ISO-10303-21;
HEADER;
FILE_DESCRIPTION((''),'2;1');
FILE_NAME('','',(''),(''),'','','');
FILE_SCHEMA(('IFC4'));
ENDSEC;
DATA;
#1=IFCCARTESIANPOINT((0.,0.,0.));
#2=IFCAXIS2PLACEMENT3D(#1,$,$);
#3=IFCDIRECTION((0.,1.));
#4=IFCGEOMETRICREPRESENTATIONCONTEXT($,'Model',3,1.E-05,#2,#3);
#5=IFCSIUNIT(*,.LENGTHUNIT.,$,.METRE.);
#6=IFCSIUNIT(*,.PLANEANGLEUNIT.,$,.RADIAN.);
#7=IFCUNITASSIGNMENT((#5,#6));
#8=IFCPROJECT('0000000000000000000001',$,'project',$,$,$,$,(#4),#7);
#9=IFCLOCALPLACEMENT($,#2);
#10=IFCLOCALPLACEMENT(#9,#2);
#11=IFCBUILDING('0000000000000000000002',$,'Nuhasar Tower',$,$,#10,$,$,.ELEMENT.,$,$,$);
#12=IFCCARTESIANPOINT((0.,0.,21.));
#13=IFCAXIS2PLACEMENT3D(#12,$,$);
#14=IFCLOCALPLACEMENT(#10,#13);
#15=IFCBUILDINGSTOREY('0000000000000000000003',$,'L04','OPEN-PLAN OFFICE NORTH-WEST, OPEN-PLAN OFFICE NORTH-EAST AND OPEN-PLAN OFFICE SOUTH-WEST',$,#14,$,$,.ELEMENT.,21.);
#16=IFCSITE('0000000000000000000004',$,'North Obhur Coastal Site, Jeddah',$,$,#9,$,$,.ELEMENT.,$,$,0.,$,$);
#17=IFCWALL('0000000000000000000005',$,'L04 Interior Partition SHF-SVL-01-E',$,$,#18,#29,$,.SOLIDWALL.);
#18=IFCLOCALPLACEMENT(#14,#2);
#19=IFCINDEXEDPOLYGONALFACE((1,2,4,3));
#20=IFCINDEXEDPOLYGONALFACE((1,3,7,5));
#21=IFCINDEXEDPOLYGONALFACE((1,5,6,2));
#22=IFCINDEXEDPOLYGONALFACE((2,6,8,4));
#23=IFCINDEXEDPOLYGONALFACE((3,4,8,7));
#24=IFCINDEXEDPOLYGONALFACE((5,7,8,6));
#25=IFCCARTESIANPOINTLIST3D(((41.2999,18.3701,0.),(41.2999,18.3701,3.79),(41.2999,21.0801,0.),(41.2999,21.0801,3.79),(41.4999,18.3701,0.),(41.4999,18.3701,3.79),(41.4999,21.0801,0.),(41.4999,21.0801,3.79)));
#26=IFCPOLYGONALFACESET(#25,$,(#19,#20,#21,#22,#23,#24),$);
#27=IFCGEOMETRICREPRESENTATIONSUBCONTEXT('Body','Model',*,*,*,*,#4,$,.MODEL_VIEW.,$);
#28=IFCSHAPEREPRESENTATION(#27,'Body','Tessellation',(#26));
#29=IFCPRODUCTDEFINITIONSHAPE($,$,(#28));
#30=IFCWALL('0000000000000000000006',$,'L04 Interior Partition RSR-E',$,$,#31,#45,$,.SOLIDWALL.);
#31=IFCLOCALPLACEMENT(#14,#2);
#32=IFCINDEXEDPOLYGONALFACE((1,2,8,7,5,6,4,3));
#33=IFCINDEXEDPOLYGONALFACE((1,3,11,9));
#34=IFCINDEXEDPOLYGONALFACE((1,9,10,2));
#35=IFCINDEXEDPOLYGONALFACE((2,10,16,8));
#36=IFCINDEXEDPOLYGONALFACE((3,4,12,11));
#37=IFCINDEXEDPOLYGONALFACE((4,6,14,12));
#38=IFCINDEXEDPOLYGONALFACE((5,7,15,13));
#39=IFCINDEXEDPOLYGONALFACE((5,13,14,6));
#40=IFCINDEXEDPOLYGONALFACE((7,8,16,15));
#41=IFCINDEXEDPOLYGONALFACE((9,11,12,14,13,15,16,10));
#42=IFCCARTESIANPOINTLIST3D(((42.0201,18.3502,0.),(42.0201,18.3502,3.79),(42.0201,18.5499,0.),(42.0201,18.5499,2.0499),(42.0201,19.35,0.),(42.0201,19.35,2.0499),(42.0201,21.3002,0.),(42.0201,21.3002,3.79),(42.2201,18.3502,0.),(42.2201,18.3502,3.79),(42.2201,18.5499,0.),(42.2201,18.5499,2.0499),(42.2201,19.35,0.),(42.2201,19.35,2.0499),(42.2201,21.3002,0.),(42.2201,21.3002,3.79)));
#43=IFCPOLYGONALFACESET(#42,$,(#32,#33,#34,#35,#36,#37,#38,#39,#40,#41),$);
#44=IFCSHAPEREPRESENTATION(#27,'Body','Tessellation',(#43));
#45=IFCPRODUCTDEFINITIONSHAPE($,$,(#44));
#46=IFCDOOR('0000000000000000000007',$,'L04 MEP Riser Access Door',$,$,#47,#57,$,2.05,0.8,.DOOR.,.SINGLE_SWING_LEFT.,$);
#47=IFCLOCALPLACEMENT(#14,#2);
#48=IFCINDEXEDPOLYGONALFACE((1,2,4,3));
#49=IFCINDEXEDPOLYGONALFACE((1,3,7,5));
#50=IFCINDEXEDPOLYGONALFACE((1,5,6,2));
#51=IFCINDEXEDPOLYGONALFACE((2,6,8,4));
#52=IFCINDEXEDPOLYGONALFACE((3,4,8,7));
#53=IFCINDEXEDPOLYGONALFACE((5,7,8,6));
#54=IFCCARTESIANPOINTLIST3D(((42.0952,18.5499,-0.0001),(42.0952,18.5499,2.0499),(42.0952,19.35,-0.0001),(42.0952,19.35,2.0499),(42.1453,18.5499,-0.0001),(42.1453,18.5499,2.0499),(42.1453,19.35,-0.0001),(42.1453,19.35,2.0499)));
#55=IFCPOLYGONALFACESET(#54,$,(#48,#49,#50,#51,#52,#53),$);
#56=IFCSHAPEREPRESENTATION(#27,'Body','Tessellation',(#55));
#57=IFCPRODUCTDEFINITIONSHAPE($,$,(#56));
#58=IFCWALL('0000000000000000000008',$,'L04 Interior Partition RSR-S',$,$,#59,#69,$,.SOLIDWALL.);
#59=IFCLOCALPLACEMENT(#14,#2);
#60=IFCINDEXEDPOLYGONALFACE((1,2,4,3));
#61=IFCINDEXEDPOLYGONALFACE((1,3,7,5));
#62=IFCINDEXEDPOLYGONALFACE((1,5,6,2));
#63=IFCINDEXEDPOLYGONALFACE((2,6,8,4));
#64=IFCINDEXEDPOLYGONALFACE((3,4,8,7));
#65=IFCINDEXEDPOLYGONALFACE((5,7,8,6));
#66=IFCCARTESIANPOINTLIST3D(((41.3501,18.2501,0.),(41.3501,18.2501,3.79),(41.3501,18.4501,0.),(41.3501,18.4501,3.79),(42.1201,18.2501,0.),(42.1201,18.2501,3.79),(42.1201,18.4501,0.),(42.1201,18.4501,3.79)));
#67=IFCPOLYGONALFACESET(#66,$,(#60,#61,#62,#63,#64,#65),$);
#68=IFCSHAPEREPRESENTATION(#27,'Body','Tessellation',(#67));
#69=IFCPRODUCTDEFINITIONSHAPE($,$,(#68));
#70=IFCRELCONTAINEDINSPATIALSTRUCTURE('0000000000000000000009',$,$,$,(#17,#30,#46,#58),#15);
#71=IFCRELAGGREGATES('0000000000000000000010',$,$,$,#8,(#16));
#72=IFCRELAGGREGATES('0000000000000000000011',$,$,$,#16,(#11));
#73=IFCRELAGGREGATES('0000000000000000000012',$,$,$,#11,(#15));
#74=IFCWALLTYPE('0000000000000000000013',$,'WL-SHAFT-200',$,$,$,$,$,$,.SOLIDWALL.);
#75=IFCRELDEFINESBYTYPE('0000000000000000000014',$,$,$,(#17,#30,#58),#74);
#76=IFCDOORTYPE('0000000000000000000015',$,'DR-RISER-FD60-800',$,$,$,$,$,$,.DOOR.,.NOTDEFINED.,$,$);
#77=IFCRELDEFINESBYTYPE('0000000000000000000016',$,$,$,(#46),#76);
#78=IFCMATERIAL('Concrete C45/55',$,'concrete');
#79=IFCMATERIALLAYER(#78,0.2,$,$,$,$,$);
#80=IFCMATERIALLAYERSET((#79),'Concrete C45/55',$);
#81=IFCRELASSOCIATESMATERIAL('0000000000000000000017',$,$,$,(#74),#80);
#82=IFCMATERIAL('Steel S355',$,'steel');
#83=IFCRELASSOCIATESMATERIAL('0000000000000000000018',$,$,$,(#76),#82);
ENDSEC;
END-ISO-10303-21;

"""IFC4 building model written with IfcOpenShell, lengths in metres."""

from ifc_helpers import new_model, si_unit, direction, frame, frame_2d, origin, place, context, subcontext, project, spatial, rectangle, extrude, material, layer, layer_set, type_object, element, fill, save


model = new_model("IFC4")

# Units and contexts
model_context = context("Model", 3, precision=1e-05, world=origin(), true_north=direction((0.0, 1.0)))
body_context = subcontext(model_context, "Body", "Model", "MODEL_VIEW")
ifc_project = project(units=[si_unit("LENGTHUNIT", "METRE"), si_unit("PLANEANGLEUNIT", "RADIAN")], contexts=[model_context])

# Site, building, storey
site_placement = place(None, origin())
site = spatial("IfcSite", under=ifc_project, at=site_placement, Name="North Obhur Coastal Site, Jeddah", CompositionType="ELEMENT", RefElevation=0.0)
building_placement = place(site_placement, origin())
building = spatial("IfcBuilding", under=site, at=building_placement, Name="Nuhasar Tower", CompositionType="ELEMENT")
storey_placement = place(building_placement, frame((0.0, 0.0, 21.0)))
storey = spatial("IfcBuildingStorey", under=building, at=storey_placement, Name="L04", Description="OPEN-PLAN OFFICE NORTH-WEST, OPEN-PLAN OFFICE NORTH-EAST AND OPEN-PLAN OFFICE SOUTH-WEST", CompositionType="ELEMENT", Elevation=21.0)

# Shared definitions
ifc_material_1 = material(Name="Steel S355", Category="steel")

# Shared definitions
ifc_material_2 = material(Name="Concrete C45/55", Category="concrete")

# Wall
ifc_layer_1 = layer(ifc_material_2, 0.2)
ifc_layer_set_1 = layer_set([ifc_layer_1], Name="Concrete C45/55")
wall_type_1 = type_object("IfcWallType", Name="WL-SHAFT-200", PredefinedType="SOLIDWALL", material=ifc_layer_set_1)
wall_1_placement = place(storey_placement, frame((41.3999, 18.3701, 0.0), z_axis=(0.0, 0.0, 1.0), x_axis=(0.0, 1.0, 0.0)))
element("IfcWall", 1, at=wall_1_placement, inside=storey, type_object=wall_type_1, Name="L04 Interior Partition SHF-SVL-01-E", PredefinedType="SOLIDWALL", context=body_context, shape_type="SweptSolid", body=[
    extrude(rectangle(XDim=2.71, YDim=0.2, at=frame_2d((1.355, 0.0))), origin(), (0.0, 0.0, 1.0), 3.79),
])

# Wall, opening, door
wall_2_placement = place(storey_placement, frame((42.1201, 18.3501, 0.0), z_axis=(0.0, 0.0, 1.0), x_axis=(0.0, 1.0, 0.0)))
wall_2 = element("IfcWall", 2, at=wall_2_placement, inside=storey, type_object=wall_type_1, Name="L04 Interior Partition RSR-E", PredefinedType="SOLIDWALL", context=body_context, shape_type="SweptSolid", body=[
    extrude(rectangle(XDim=2.95, YDim=0.2, at=frame_2d((1.4751, 0.0))), origin(), (0.0, 0.0, 1.0), 3.79),
])
opening_1_placement = place(wall_2_placement, frame((0.2, 0.0, 0.0)))
opening_1 = element("IfcOpeningElement", 3, at=opening_1_placement, cuts=wall_2, PredefinedType="OPENING", context=body_context, shape_type="SweptSolid", body=[
    extrude(rectangle(XDim=0.8, YDim=2.05, at=frame_2d((0.3999, 1.0249))), frame((0.0, 0.1099, 0.0), z_axis=(0.0, -1.0, 0.0), x_axis=(1.0, 0.0, 0.0)), (0.0, 0.0, 1.0), 0.22),
])
door_type_1 = type_object("IfcDoorType", Name="DR-RISER-FD60-800", OperationType="NOTDEFINED", PredefinedType="DOOR", material=ifc_material_1)
door_1_placement = place(opening_1_placement, origin())
door_1 = element("IfcDoor", 4, at=door_1_placement, inside=storey, type_object=door_type_1, Name="L04 MEP Riser Access Door", OperationType="SINGLE_SWING_LEFT", OverallHeight=2.05, OverallWidth=0.8, PredefinedType="DOOR", context=body_context, shape_type="SweptSolid", body=[
    extrude(rectangle(XDim=0.8, YDim=2.05, at=frame_2d((0.3999, 1.0249))), frame((0.0, 0.0249, 0.0), z_axis=(0.0, -1.0, 0.0), x_axis=(1.0, 0.0, 0.0)), (0.0, 0.0, 1.0), 0.05),
])
fill(opening_1, door_1)

# Wall
wall_3_placement = place(storey_placement, frame((41.3501, 18.3501, 0.0), z_axis=(0.0, 0.0, 1.0), x_axis=(1.0, 0.0, 0.0)))
element("IfcWall", 5, at=wall_3_placement, inside=storey, type_object=wall_type_1, Name="L04 Interior Partition RSR-S", PredefinedType="SOLIDWALL", context=body_context, shape_type="SweptSolid", body=[
    extrude(rectangle(XDim=0.77, YDim=0.2, at=frame_2d((0.385, 0.0))), origin(), (0.0, 0.0, 1.0), 3.79),
])

save(model, "model.ifc")
